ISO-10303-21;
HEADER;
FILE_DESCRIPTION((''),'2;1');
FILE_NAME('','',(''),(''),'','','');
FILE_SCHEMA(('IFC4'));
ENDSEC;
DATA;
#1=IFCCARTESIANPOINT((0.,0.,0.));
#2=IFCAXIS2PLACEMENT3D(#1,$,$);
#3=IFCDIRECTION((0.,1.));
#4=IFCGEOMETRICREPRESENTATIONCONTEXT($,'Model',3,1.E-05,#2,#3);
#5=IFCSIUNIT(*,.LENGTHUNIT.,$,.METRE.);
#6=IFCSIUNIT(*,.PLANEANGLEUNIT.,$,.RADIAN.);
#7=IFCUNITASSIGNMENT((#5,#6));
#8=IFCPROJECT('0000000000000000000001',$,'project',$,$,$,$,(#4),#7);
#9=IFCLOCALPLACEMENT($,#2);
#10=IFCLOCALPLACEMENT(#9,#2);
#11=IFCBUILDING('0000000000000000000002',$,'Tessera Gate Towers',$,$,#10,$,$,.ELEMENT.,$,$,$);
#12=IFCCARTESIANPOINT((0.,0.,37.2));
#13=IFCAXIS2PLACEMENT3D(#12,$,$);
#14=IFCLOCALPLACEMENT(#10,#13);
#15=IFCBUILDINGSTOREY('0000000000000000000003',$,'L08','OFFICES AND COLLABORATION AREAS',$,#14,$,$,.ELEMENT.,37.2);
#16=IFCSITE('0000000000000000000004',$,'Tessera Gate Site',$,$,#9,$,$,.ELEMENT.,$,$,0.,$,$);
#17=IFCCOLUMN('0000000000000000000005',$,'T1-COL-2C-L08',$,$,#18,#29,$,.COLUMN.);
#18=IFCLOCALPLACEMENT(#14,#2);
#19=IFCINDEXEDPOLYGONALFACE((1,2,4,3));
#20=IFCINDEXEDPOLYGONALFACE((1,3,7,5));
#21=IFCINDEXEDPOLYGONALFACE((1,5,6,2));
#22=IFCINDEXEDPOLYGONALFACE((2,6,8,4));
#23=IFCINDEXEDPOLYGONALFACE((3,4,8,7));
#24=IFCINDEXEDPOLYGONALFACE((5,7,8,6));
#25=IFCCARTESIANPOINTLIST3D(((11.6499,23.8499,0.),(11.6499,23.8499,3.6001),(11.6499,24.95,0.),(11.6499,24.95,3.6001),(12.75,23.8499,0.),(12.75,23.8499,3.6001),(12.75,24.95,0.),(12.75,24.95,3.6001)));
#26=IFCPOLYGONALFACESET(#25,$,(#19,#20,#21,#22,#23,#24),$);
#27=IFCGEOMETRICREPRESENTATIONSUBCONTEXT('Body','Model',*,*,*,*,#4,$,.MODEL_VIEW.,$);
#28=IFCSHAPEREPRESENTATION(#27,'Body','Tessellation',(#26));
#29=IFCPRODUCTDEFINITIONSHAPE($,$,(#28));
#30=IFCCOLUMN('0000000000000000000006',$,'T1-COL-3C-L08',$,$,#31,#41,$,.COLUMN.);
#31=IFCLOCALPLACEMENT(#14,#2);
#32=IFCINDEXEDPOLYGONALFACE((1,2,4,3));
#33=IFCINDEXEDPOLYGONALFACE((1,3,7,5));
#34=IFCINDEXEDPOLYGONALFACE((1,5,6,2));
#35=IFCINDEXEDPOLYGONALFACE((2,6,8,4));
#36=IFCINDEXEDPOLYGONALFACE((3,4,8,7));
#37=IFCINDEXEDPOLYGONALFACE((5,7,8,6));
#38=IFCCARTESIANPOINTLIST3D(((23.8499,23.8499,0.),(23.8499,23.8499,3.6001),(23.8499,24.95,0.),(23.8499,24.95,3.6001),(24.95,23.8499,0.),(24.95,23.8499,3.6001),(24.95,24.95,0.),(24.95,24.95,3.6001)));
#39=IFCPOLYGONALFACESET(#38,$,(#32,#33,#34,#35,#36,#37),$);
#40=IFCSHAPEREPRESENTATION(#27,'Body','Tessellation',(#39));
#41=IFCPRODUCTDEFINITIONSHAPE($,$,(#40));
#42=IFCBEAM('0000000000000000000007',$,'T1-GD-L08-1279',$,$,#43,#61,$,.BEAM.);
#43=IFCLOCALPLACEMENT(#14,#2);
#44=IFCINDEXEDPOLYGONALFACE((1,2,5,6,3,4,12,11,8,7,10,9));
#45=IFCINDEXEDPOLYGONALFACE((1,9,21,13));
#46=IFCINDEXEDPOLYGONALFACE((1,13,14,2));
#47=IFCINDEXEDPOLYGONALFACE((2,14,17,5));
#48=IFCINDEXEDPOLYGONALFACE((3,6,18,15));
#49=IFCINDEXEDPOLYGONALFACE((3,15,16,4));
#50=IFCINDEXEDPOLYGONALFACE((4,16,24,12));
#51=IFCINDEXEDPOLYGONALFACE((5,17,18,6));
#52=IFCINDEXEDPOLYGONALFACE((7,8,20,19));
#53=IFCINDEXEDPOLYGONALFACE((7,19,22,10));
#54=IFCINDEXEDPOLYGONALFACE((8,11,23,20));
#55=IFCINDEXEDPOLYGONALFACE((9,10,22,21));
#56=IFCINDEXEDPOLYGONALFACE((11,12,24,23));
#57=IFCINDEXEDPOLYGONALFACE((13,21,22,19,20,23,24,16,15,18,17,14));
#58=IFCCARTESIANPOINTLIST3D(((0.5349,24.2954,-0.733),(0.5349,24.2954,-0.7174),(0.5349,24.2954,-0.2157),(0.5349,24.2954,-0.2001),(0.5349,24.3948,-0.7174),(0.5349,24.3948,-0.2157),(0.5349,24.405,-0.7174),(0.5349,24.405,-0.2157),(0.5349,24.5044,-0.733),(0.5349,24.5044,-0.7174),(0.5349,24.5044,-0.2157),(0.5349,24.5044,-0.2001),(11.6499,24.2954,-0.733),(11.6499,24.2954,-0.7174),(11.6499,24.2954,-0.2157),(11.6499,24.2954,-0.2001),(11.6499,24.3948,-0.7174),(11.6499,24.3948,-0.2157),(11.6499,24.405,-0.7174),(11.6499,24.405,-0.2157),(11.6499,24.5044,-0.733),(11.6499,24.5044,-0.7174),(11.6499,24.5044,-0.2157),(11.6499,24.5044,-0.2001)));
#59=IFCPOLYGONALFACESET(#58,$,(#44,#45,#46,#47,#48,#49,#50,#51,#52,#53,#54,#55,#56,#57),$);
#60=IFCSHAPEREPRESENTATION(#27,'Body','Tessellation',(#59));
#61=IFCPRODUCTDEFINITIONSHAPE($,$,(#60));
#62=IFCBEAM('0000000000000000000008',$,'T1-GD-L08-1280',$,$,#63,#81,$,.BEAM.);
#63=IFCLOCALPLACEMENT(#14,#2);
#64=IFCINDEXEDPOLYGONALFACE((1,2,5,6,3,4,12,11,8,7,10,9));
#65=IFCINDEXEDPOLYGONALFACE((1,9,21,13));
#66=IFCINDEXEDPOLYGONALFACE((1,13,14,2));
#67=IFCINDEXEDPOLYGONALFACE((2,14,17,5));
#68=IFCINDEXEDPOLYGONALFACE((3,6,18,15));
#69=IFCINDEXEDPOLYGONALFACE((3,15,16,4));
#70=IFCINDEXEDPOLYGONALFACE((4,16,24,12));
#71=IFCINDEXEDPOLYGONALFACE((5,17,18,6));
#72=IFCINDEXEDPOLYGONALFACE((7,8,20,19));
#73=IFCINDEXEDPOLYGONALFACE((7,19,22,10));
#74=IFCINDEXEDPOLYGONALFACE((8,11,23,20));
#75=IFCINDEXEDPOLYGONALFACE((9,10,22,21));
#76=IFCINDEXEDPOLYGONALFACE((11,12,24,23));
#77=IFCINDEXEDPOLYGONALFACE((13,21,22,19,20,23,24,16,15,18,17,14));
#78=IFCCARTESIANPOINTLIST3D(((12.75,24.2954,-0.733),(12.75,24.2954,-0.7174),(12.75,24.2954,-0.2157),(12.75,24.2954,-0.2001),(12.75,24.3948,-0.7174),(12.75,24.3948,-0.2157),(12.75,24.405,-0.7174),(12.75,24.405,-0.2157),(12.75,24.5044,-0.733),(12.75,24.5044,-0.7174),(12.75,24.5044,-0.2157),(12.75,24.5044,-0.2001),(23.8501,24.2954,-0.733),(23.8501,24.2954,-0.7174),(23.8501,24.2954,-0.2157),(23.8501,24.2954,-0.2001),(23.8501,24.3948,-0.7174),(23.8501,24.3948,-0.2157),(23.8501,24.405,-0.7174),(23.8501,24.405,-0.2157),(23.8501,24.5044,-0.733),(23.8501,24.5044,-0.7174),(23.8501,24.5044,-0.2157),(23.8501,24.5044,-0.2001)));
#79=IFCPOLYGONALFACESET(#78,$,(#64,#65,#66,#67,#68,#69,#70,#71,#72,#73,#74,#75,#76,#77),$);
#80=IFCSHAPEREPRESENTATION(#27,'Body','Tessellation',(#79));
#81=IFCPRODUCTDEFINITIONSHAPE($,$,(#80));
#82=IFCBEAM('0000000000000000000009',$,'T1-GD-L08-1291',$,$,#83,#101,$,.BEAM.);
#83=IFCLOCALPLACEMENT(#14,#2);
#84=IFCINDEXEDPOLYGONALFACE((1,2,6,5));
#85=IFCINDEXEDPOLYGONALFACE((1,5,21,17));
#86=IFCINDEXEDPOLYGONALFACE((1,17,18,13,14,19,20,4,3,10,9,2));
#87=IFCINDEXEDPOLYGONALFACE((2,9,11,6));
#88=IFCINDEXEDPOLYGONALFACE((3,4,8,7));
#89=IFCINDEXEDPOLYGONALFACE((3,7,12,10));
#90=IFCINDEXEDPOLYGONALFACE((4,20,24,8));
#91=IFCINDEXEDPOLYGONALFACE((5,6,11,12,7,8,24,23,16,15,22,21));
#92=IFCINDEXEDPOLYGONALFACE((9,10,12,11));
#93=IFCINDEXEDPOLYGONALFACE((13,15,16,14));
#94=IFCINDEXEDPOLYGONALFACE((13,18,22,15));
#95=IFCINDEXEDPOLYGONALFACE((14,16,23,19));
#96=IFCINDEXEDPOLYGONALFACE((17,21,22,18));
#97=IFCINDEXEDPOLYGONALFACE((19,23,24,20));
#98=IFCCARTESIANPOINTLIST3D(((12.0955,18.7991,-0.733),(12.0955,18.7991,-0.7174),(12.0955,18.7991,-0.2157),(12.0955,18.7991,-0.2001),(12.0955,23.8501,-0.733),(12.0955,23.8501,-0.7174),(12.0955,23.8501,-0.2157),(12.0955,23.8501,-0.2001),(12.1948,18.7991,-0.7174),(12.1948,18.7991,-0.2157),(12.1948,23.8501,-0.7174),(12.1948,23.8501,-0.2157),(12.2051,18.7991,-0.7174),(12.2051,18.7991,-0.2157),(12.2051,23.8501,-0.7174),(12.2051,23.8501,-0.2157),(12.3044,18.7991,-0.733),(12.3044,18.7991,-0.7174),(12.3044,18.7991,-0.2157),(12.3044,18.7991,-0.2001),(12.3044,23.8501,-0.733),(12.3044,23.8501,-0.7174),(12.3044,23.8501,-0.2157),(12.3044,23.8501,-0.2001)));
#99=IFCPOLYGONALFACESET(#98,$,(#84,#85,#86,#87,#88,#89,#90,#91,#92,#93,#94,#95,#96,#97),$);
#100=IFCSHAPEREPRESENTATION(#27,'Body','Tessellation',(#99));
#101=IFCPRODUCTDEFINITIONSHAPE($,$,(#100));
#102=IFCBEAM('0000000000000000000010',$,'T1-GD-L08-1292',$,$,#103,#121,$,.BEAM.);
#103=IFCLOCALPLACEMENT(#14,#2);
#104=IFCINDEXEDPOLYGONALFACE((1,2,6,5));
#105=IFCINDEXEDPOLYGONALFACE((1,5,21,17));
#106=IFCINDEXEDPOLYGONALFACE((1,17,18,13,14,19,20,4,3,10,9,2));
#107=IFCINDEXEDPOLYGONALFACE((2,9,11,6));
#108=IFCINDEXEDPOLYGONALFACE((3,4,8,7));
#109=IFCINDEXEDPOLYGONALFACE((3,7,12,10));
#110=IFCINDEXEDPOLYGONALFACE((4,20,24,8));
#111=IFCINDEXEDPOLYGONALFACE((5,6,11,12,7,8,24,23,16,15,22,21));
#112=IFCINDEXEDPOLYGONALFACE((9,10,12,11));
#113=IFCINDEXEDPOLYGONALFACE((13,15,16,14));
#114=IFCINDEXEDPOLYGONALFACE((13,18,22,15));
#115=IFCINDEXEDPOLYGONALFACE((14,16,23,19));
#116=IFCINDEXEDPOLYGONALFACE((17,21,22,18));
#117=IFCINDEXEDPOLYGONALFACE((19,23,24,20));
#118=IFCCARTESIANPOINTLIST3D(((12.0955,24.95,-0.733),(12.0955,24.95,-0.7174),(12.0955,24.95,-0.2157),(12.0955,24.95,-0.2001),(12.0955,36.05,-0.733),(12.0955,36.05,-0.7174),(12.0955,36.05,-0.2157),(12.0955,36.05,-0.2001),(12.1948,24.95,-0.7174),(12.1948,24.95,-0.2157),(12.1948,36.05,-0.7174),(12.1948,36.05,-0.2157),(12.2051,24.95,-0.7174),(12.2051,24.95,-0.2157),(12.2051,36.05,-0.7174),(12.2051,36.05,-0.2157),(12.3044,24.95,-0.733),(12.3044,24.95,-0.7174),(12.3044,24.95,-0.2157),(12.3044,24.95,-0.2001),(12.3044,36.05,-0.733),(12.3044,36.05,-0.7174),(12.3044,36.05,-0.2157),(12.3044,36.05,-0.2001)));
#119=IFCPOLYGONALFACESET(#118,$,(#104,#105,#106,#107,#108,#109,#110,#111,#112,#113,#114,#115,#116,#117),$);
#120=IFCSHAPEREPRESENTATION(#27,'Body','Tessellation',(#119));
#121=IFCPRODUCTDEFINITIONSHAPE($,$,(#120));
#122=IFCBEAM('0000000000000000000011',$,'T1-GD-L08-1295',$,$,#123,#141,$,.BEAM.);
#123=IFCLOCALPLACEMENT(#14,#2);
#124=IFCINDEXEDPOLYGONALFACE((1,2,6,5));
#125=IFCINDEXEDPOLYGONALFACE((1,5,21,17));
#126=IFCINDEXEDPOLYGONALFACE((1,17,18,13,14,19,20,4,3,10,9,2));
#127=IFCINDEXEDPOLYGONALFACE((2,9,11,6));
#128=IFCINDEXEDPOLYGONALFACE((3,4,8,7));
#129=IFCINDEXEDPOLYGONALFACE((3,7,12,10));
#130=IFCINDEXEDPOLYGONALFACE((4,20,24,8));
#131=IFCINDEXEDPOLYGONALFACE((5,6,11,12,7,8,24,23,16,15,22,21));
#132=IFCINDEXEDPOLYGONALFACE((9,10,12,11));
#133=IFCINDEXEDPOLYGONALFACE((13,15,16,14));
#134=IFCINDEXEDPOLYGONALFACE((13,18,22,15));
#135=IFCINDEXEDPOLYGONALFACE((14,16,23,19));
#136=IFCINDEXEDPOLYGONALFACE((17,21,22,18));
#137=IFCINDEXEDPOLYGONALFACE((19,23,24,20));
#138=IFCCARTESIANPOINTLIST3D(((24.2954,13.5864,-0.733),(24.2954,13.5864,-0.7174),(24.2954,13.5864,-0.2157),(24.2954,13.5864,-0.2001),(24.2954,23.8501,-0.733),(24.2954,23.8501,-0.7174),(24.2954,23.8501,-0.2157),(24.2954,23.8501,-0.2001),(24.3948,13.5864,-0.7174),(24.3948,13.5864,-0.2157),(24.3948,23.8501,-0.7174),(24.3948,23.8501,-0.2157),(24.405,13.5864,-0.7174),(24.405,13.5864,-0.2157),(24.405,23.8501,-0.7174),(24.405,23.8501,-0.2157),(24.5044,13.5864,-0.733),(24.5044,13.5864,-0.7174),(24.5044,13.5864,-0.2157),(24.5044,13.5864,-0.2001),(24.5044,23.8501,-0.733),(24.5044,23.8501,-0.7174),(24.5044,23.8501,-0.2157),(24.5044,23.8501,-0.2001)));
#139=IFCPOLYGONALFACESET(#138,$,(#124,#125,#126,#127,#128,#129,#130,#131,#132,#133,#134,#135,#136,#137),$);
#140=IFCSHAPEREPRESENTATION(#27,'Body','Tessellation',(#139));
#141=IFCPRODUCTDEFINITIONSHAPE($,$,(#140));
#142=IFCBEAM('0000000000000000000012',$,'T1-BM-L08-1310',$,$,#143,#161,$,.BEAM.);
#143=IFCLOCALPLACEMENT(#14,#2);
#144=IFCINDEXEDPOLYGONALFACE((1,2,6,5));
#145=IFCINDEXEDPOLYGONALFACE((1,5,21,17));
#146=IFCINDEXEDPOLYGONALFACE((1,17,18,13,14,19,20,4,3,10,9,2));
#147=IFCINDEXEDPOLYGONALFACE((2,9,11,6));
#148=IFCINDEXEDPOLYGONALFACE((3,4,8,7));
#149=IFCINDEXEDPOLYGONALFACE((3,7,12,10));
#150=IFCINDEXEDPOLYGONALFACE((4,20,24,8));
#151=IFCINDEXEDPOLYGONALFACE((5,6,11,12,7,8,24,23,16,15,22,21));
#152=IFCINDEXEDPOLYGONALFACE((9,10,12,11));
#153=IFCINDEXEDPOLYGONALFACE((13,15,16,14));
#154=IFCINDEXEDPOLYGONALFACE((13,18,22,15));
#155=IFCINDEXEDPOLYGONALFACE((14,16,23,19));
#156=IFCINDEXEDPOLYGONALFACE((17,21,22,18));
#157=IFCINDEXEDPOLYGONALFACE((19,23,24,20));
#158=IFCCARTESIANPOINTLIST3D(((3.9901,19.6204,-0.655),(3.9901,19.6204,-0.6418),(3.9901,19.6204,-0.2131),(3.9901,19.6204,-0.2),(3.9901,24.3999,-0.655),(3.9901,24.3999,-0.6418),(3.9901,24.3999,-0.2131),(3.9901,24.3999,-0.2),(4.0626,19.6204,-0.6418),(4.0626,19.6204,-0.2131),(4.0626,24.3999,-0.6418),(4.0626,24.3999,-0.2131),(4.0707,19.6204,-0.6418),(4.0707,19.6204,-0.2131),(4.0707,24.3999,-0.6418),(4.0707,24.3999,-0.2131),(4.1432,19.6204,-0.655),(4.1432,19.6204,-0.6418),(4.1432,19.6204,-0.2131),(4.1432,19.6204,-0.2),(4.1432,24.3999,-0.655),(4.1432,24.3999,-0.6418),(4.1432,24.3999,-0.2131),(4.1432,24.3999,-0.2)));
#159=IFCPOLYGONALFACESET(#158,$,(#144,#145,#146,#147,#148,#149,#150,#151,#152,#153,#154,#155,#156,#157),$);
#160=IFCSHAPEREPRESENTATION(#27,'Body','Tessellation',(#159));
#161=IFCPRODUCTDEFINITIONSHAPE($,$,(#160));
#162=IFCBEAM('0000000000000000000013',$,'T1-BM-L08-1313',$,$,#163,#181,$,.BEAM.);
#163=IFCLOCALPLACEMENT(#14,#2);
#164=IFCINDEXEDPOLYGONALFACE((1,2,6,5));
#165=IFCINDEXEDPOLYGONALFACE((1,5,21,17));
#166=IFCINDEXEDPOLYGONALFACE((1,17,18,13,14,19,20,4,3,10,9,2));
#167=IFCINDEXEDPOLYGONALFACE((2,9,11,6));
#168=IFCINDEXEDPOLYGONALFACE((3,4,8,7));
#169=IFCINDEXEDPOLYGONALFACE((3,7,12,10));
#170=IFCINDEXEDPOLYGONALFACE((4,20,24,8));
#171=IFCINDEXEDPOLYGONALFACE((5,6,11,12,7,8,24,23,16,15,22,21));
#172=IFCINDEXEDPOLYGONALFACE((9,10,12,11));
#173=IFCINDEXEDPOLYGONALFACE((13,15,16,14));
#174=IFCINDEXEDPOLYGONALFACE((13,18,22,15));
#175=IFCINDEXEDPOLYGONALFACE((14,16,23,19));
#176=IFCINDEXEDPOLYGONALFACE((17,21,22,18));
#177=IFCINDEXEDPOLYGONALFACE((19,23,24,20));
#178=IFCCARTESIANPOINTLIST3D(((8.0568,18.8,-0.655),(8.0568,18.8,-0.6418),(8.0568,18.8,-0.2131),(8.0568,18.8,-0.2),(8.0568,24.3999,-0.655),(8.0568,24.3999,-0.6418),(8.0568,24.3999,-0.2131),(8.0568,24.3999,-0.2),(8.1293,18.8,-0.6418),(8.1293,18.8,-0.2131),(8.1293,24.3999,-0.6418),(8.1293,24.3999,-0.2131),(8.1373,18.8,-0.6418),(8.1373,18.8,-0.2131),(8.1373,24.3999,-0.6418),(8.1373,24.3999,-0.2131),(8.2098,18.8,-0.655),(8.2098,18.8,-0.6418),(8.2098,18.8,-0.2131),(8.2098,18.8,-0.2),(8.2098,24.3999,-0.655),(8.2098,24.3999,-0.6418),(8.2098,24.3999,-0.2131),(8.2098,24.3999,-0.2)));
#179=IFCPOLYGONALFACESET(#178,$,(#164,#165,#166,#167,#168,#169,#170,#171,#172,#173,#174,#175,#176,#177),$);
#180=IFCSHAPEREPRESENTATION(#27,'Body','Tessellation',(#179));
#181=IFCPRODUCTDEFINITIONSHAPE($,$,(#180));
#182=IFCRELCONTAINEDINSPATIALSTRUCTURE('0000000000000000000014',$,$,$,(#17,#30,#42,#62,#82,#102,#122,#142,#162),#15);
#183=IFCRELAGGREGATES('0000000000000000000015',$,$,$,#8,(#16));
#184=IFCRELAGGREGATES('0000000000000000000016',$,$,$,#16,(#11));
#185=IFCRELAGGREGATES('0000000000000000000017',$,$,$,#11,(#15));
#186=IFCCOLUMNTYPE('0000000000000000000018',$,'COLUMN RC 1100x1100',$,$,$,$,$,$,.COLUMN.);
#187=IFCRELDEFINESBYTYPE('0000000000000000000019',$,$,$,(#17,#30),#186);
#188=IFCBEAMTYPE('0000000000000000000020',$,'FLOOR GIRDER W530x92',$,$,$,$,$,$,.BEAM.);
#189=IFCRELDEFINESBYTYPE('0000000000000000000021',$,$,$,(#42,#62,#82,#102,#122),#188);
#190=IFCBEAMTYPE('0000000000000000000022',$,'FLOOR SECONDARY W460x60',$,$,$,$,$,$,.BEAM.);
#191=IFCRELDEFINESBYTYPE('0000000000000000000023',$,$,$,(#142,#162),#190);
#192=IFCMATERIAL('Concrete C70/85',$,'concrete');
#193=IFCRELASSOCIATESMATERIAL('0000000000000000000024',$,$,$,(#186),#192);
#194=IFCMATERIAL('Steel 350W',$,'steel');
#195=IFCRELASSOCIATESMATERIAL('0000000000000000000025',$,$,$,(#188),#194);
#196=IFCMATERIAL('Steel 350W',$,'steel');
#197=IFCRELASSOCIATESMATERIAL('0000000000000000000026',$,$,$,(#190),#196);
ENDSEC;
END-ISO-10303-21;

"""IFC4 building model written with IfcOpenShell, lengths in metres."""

from ifc_helpers import new_model, si_unit, direction, frame, origin, origin_2d, place, context, subcontext, project, spatial, rectangle, i_section, extrude, material, material_profile, profile_set, type_object, element, save


model = new_model("IFC4")

# Units and contexts
model_context = context("Model", 3, precision=1e-05, world=origin(), true_north=direction((0.0, 1.0)))
body_context = subcontext(model_context, "Body", "Model", "MODEL_VIEW")
ifc_project = project(units=[si_unit("LENGTHUNIT", "METRE"), si_unit("PLANEANGLEUNIT", "RADIAN")], contexts=[model_context])

# Site, building, storey
site_placement = place(None, origin())
site = spatial("IfcSite", under=ifc_project, at=site_placement, Name="Tessera Gate Site", CompositionType="ELEMENT", RefElevation=0.0)
building_placement = place(site_placement, origin())
building = spatial("IfcBuilding", under=site, at=building_placement, Name="Tessera Gate Towers", CompositionType="ELEMENT")
storey_placement = place(building_placement, frame((0.0, 0.0, 37.2)))
storey = spatial("IfcBuildingStorey", under=building, at=storey_placement, Name="L08", Description="OFFICES AND COLLABORATION AREAS", CompositionType="ELEMENT", Elevation=37.2)

# Columns
ifc_material_1 = material(Name="Concrete C70/85", Category="concrete")
ifc_material_profile_1 = material_profile(ifc_material_1, rectangle(XDim=1.1001, YDim=1.1001, at=origin_2d()), Name="RC 1100x1100")
ifc_profile_set_1 = profile_set([ifc_material_profile_1], Name="Concrete C70/85")
column_type = type_object("IfcColumnType", Name="COLUMN RC 1100x1100", PredefinedType="COLUMN", material=ifc_profile_set_1)
for number, where, z_axis, x_axis, name in (
    (1, (12.2, 24.3999, 0.0), (0.0, 0.0, 1.0), (1.0, 0.0, 0.0), "T1-COL-2C-L08"),
    (2, (24.3999, 24.3999, 0.0), (0.0, 0.0, 1.0), (1.0, 0.0, 0.0), "T1-COL-3C-L08"),
):
    element("IfcColumn", number, at=place(storey_placement, frame(where, z_axis=z_axis, x_axis=x_axis)), inside=storey, type_object=column_type, Name=name, PredefinedType="COLUMN", context=body_context, shape_type="SweptSolid", body=[
        extrude(rectangle(XDim=1.1001, YDim=1.1001, at=origin_2d()), origin(), (0.0, 0.0, 1.0), 3.6001),
    ])

# Beams
ifc_material_2 = material(Name="Steel 350W", Category="steel")
ifc_material_profile_2 = material_profile(ifc_material_2, i_section(OverallWidth=0.209, OverallDepth=0.533, WebThickness=0.0103, FlangeThickness=0.0156, at=origin_2d()), Name="W530x92")
ifc_profile_set_2 = profile_set([ifc_material_profile_2], Name="Steel 350W")
beam_type_1 = type_object("IfcBeamType", Name="FLOOR GIRDER W530x92", PredefinedType="BEAM", material=ifc_profile_set_2)
beam_1_placement = place(storey_placement, frame((0.5349, 24.3999, -0.4666), z_axis=(1.0, 0.0, 0.0), x_axis=(0.0, 1.0, 0.0)))
element("IfcBeam", 3, at=beam_1_placement, inside=storey, type_object=beam_type_1, Name="T1-GD-L08-1279", PredefinedType="BEAM", context=body_context, shape_type="SweptSolid", body=[
    extrude(i_section(OverallWidth=0.209, OverallDepth=0.533, WebThickness=0.0103, FlangeThickness=0.0156, at=origin_2d()), origin(), (0.0, 0.0, 1.0), 11.115),
])
beam_2_placement = place(storey_placement, frame((12.75, 24.3999, -0.4666), z_axis=(1.0, 0.0, 0.0), x_axis=(0.0, 1.0, 0.0)))
element("IfcBeam", 4, at=beam_2_placement, inside=storey, type_object=beam_type_1, Name="T1-GD-L08-1280", PredefinedType="BEAM", context=body_context, shape_type="SweptSolid", body=[
    extrude(i_section(OverallWidth=0.209, OverallDepth=0.533, WebThickness=0.0103, FlangeThickness=0.0156, at=origin_2d()), origin(), (0.0, 0.0, 1.0), 11.1001),
])
beam_3_placement = place(storey_placement, frame((12.2, 18.7991, -0.4666), z_axis=(0.0, 1.0, 0.0), x_axis=(-1.0, 0.0, 0.0)))
element("IfcBeam", 5, at=beam_3_placement, inside=storey, type_object=beam_type_1, Name="T1-GD-L08-1291", PredefinedType="BEAM", context=body_context, shape_type="SweptSolid", body=[
    extrude(i_section(OverallWidth=0.209, OverallDepth=0.533, WebThickness=0.0103, FlangeThickness=0.0156, at=origin_2d()), origin(), (0.0, 0.0, 1.0), 5.051),
])
beam_4_placement = place(storey_placement, frame((12.2, 24.95, -0.4666), z_axis=(0.0, 1.0, 0.0), x_axis=(-1.0, 0.0, 0.0)))
element("IfcBeam", 6, at=beam_4_placement, inside=storey, type_object=beam_type_1, Name="T1-GD-L08-1292", PredefinedType="BEAM", context=body_context, shape_type="SweptSolid", body=[
    extrude(i_section(OverallWidth=0.209, OverallDepth=0.533, WebThickness=0.0103, FlangeThickness=0.0156, at=origin_2d()), origin(), (0.0, 0.0, 1.0), 11.1001),
])
beam_5_placement = place(storey_placement, frame((24.3999, 13.5864, -0.4666), z_axis=(0.0, 1.0, 0.0), x_axis=(-1.0, 0.0, 0.0)))
element("IfcBeam", 7, at=beam_5_placement, inside=storey, type_object=beam_type_1, Name="T1-GD-L08-1295", PredefinedType="BEAM", context=body_context, shape_type="SweptSolid", body=[
    extrude(i_section(OverallWidth=0.209, OverallDepth=0.533, WebThickness=0.0103, FlangeThickness=0.0156, at=origin_2d()), origin(), (0.0, 0.0, 1.0), 10.2637),
])
ifc_material_3 = material(Name="Steel 350W", Category="steel")
ifc_material_profile_3 = material_profile(ifc_material_3, i_section(OverallWidth=0.1531, OverallDepth=0.4551, WebThickness=0.0081, FlangeThickness=0.0132, at=origin_2d()), Name="W460x60")
ifc_profile_set_3 = profile_set([ifc_material_profile_3], Name="Steel 350W")
beam_type_2 = type_object("IfcBeamType", Name="FLOOR SECONDARY W460x60", PredefinedType="BEAM", material=ifc_profile_set_3)
beam_6_placement = place(storey_placement, frame((4.0667, 19.6204, -0.4275), z_axis=(0.0, 1.0, 0.0), x_axis=(-1.0, 0.0, 0.0)))
element("IfcBeam", 8, at=beam_6_placement, inside=storey, type_object=beam_type_2, Name="T1-BM-L08-1310", PredefinedType="BEAM", context=body_context, shape_type="SweptSolid", body=[
    extrude(i_section(OverallWidth=0.1531, OverallDepth=0.4551, WebThickness=0.0081, FlangeThickness=0.0132, at=origin_2d()), origin(), (0.0, 0.0, 1.0), 4.7795),
])
beam_7_placement = place(storey_placement, frame((8.1333, 18.8, -0.4275), z_axis=(0.0, 1.0, 0.0), x_axis=(-1.0, 0.0, 0.0)))
element("IfcBeam", 9, at=beam_7_placement, inside=storey, type_object=beam_type_2, Name="T1-BM-L08-1313", PredefinedType="BEAM", context=body_context, shape_type="SweptSolid", body=[
    extrude(i_section(OverallWidth=0.1531, OverallDepth=0.4551, WebThickness=0.0081, FlangeThickness=0.0132, at=origin_2d()), origin(), (0.0, 0.0, 1.0), 5.5999),
])

save(model, "model.ifc")
